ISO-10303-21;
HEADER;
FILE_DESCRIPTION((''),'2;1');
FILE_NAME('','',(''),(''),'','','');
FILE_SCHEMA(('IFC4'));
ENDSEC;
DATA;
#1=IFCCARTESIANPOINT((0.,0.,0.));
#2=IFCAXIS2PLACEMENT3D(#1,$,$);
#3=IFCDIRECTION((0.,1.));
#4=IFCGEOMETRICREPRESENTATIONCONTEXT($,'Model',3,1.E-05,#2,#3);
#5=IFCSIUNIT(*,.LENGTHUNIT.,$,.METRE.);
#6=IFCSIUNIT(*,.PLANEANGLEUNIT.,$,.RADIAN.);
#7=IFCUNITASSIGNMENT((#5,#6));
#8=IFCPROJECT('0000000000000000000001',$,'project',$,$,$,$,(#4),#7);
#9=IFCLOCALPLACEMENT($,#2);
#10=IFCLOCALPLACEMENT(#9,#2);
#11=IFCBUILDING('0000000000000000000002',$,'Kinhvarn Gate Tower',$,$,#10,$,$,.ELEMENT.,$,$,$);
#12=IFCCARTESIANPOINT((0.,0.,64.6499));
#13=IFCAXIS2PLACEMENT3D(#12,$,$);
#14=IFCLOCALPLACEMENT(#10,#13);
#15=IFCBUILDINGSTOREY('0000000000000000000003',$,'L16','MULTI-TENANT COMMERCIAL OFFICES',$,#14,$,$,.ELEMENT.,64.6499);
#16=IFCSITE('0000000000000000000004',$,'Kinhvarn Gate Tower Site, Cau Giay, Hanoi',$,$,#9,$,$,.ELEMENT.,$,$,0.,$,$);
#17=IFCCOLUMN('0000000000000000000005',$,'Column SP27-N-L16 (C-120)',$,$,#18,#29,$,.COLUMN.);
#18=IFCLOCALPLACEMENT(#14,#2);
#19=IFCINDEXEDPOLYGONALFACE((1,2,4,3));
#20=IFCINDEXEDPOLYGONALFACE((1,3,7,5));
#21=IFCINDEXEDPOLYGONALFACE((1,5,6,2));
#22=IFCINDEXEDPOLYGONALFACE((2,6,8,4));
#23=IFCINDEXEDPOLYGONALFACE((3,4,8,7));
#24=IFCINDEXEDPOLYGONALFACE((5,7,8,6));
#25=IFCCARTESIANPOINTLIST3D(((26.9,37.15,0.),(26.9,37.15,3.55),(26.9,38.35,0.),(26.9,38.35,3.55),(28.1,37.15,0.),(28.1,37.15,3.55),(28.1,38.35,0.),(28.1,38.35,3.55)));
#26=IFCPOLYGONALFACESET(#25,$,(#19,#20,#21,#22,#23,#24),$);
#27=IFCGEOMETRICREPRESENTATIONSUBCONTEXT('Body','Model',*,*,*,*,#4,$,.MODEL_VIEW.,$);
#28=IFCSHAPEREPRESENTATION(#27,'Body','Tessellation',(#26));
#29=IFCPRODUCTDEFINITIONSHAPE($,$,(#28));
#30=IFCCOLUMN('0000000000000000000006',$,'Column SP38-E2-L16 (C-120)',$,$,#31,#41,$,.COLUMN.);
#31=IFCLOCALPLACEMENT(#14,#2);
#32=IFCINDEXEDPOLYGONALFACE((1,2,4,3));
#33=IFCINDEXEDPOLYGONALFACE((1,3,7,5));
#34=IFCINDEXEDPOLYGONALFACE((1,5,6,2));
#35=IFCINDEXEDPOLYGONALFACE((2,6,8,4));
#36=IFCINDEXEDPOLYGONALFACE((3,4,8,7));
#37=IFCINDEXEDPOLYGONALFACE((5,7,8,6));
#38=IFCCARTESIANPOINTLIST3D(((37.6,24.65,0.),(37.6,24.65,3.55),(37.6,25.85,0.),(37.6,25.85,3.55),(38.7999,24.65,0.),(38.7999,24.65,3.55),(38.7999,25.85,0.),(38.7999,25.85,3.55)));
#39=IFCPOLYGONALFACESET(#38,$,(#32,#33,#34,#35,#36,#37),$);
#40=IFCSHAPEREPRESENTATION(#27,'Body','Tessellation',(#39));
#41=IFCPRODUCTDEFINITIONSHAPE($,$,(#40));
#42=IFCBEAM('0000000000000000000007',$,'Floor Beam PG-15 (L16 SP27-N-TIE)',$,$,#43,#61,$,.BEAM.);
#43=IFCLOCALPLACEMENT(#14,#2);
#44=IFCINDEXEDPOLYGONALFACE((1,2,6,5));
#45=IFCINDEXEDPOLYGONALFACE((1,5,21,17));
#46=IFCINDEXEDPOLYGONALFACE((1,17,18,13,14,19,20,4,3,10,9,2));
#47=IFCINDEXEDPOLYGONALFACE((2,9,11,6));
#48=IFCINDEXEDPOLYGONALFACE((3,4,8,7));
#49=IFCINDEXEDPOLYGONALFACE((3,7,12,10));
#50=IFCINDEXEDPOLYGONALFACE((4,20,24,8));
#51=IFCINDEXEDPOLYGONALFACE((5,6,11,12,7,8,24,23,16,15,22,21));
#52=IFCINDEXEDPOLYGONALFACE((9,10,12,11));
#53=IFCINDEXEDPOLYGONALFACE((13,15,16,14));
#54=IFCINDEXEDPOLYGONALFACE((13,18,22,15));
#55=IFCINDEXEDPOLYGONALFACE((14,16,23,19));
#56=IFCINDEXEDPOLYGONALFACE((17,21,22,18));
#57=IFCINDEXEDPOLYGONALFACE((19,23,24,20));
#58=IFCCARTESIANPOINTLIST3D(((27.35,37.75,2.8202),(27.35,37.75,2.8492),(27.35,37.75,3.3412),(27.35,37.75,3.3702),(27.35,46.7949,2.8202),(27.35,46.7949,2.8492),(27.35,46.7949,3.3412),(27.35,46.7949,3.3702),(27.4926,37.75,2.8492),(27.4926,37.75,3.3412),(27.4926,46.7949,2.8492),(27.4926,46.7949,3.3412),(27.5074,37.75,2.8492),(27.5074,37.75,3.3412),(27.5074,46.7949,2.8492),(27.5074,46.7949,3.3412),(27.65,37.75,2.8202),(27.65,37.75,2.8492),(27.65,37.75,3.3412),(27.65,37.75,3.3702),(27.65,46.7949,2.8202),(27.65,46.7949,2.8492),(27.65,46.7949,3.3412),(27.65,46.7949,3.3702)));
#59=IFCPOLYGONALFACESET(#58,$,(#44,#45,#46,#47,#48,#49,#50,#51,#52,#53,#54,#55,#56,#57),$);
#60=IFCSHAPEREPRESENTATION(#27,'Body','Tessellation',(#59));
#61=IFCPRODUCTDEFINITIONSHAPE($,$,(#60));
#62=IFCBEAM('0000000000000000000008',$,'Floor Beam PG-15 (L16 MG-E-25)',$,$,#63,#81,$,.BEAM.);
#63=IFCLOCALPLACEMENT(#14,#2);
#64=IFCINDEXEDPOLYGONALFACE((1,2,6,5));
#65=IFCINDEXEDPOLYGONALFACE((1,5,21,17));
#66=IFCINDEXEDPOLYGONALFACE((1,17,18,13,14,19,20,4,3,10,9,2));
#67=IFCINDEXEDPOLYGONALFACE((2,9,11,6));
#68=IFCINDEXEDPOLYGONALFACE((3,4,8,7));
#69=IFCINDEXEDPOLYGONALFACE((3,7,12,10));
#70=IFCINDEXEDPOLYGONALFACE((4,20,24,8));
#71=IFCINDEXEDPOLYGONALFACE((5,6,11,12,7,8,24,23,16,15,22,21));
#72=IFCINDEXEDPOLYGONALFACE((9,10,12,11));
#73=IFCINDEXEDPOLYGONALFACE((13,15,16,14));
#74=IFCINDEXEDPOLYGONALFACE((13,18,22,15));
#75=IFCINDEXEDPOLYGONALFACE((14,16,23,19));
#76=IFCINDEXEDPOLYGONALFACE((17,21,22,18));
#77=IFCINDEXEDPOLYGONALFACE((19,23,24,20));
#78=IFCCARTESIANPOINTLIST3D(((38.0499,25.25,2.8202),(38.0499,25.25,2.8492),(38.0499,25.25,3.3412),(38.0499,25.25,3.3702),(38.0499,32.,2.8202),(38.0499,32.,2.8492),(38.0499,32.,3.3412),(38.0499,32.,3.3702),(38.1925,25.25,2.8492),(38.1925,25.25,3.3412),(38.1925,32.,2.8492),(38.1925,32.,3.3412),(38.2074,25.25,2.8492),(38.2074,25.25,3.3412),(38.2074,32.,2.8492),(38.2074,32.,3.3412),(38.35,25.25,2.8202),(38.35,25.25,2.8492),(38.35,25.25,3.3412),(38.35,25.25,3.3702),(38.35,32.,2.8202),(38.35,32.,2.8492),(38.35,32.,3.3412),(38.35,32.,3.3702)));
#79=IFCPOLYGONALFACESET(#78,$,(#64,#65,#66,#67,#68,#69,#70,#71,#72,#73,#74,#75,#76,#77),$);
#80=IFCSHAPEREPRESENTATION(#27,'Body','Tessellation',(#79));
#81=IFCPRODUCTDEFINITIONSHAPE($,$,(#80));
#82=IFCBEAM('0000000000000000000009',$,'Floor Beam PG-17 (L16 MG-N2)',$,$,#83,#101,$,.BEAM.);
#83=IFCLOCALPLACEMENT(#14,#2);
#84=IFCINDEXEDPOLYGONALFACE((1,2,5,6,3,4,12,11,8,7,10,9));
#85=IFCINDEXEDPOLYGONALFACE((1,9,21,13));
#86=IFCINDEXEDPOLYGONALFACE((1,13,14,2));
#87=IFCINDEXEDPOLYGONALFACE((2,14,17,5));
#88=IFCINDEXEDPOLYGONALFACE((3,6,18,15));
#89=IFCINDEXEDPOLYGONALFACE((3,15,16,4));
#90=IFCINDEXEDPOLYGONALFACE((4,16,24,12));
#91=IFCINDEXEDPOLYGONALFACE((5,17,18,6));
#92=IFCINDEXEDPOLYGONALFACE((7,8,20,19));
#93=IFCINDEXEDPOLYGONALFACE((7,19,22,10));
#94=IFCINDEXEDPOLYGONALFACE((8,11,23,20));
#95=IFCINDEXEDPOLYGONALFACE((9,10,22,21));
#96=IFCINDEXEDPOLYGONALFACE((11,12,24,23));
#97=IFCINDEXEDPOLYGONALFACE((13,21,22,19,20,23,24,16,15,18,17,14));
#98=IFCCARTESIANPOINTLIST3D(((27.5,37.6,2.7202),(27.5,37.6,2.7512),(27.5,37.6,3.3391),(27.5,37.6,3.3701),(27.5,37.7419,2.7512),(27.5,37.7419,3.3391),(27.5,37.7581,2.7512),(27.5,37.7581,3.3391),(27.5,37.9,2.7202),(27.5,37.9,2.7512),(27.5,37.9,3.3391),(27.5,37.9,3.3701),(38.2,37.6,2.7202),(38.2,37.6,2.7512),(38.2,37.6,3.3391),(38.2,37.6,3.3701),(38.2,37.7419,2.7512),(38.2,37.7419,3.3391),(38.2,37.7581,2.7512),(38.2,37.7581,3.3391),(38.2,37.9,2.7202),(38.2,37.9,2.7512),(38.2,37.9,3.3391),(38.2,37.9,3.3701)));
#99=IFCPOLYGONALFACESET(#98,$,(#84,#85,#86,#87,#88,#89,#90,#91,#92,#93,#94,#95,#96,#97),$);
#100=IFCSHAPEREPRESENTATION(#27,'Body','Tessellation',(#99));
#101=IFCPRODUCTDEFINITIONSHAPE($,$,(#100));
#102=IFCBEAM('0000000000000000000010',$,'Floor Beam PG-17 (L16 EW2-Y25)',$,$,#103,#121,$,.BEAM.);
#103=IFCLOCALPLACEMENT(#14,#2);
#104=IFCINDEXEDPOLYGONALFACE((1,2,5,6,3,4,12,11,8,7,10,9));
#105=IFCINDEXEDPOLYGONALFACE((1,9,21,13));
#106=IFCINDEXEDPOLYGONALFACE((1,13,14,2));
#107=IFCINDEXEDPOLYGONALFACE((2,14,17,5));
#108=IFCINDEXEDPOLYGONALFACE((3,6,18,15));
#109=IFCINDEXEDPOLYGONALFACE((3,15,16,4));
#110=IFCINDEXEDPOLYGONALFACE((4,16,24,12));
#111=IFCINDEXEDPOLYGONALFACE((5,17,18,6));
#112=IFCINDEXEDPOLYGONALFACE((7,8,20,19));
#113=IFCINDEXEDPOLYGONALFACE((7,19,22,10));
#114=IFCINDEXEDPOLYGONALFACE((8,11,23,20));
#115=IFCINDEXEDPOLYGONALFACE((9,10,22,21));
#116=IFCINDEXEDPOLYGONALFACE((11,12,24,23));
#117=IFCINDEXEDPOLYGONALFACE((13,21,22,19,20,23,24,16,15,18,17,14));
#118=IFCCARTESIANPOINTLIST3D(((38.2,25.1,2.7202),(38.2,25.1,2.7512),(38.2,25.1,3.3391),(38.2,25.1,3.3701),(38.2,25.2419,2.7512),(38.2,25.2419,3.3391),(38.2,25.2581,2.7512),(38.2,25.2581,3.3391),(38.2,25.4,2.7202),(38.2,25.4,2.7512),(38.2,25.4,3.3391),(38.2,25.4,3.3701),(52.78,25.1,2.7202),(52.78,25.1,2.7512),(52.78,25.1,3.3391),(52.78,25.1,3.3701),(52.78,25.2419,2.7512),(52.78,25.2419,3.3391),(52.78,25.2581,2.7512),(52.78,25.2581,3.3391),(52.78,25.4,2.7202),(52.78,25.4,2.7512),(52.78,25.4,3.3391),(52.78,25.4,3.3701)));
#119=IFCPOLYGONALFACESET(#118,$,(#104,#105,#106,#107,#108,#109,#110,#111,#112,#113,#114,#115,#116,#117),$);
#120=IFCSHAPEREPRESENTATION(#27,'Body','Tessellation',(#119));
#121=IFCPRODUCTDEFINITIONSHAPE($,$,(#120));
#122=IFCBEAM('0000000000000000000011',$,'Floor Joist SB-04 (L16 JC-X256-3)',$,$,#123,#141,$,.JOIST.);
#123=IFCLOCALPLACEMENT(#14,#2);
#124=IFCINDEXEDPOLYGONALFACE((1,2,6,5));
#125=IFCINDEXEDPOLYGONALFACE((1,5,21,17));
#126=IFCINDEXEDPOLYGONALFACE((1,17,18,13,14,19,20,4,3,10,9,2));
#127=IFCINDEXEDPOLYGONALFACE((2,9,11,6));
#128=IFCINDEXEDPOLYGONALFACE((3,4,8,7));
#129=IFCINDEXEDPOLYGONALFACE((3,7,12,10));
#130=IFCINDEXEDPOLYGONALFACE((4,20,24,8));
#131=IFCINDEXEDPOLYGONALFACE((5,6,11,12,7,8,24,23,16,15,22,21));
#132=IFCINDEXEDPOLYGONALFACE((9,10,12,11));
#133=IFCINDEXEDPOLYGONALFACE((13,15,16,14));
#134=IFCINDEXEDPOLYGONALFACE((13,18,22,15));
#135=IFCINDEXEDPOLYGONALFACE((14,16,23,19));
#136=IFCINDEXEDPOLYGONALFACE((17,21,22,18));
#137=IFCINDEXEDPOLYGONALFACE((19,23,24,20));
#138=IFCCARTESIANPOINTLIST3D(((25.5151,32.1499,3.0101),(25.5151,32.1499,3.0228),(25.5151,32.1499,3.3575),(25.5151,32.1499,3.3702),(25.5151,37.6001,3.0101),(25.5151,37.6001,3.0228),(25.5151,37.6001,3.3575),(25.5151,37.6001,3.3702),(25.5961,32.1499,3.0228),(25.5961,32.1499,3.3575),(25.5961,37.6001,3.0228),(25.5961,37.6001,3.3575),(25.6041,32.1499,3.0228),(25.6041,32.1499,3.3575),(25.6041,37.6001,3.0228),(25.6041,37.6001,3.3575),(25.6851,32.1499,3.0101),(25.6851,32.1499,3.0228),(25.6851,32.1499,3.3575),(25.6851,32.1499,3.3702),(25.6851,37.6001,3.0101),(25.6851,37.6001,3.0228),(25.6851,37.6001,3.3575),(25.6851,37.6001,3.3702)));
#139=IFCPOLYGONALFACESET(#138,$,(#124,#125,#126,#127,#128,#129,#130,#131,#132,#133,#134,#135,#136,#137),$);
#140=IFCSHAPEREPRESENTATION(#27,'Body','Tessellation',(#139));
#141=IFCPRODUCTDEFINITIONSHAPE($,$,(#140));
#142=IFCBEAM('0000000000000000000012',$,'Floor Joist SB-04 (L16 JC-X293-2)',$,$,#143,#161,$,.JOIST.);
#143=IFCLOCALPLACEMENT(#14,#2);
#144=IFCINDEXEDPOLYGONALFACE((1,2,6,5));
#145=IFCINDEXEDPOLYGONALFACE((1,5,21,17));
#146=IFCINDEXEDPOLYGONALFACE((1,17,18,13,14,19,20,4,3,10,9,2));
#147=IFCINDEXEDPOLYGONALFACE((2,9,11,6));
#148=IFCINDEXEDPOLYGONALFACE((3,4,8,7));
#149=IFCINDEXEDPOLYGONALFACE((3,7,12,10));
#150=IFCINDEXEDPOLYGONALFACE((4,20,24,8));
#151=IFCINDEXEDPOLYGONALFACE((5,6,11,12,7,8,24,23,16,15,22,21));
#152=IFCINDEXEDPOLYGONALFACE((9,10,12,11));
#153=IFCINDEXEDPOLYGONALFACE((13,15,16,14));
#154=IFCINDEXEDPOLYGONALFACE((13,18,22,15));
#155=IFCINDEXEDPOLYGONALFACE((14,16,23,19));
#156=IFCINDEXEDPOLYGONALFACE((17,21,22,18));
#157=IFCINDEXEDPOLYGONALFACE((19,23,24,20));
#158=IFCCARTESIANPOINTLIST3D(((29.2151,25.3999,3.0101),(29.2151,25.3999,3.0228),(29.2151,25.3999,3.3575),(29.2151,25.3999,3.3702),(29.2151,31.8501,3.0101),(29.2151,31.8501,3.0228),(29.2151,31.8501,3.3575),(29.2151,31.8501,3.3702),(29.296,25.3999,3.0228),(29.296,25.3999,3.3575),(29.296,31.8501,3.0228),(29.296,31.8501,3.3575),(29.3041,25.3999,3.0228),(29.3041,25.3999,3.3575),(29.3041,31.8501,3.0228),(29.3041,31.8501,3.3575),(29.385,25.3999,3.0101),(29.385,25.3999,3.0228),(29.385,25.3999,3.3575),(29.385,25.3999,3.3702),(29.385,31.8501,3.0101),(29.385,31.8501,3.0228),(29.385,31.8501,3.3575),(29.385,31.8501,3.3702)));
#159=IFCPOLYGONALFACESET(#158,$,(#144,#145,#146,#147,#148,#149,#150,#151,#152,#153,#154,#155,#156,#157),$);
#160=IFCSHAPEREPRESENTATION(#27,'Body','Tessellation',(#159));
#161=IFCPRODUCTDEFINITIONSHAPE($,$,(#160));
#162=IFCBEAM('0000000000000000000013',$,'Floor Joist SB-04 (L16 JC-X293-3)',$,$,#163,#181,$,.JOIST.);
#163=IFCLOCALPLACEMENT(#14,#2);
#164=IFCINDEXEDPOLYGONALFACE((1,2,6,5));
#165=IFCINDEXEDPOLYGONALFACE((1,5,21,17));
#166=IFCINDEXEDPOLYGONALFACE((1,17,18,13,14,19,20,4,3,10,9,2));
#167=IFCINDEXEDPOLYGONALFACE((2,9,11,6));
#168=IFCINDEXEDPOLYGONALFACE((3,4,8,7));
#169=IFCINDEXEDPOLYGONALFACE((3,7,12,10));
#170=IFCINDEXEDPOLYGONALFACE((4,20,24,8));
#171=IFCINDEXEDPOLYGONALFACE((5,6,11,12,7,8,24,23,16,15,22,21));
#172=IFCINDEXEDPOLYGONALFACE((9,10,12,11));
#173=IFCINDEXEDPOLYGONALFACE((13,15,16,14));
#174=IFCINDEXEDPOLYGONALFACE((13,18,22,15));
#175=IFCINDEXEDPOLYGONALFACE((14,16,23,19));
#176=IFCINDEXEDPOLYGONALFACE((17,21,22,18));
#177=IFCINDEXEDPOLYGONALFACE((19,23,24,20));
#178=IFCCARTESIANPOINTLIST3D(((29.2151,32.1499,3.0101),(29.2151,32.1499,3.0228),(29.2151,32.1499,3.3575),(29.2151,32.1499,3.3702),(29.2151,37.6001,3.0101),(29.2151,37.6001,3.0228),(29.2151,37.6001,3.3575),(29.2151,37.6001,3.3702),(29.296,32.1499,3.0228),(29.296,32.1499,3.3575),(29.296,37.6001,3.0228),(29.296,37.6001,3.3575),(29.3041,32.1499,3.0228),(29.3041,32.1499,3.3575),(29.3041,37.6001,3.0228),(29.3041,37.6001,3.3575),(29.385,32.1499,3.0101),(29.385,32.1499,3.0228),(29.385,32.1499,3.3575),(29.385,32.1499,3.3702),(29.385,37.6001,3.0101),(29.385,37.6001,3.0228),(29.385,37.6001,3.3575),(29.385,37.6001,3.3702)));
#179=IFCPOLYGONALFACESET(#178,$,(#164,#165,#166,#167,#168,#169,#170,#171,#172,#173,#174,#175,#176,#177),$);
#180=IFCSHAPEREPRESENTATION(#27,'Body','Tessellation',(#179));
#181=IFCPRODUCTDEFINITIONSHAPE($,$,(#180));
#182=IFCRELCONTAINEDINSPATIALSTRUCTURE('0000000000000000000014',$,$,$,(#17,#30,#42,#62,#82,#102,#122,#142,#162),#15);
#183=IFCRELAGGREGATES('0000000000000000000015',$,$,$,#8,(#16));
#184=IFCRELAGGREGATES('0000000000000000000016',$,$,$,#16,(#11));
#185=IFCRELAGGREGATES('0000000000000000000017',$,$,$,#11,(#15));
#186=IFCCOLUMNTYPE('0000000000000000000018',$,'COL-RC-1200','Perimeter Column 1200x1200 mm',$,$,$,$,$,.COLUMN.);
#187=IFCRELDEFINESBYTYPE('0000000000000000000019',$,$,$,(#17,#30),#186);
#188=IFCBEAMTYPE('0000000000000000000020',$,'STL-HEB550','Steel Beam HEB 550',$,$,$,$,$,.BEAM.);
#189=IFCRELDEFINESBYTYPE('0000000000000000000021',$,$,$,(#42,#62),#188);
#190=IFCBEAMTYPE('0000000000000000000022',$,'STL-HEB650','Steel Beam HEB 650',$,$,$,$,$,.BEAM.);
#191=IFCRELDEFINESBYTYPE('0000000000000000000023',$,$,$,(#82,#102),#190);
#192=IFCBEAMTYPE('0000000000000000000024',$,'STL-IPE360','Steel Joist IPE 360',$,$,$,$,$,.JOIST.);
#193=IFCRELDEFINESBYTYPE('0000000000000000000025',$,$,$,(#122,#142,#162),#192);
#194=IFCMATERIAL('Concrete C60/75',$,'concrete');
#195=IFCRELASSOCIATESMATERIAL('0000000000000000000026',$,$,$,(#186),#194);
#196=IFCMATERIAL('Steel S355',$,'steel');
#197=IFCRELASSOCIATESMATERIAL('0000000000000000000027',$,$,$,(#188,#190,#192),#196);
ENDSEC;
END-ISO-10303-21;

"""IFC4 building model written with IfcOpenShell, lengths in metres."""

from ifc_helpers import new_model, si_unit, direction, frame, origin, origin_2d, place, context, subcontext, project, spatial, rectangle, i_section, extrude, material, material_profile, profile_set, type_object, element, save


model = new_model("IFC4")

# Units and contexts
model_context = context("Model", 3, precision=1e-05, world=origin(), true_north=direction((0.0, 1.0)))
body_context = subcontext(model_context, "Body", "Model", "MODEL_VIEW")
ifc_project = project(units=[si_unit("LENGTHUNIT", "METRE"), si_unit("PLANEANGLEUNIT", "RADIAN")], contexts=[model_context])

# Site, building, storey
site_placement = place(None, origin())
site = spatial("IfcSite", under=ifc_project, at=site_placement, Name="Kinhvarn Gate Tower Site, Cau Giay, Hanoi", CompositionType="ELEMENT", RefElevation=0.0)
building_placement = place(site_placement, origin())
building = spatial("IfcBuilding", under=site, at=building_placement, Name="Kinhvarn Gate Tower", CompositionType="ELEMENT")
storey_placement = place(building_placement, frame((0.0, 0.0, 64.6499)))
storey = spatial("IfcBuildingStorey", under=building, at=storey_placement, Name="L16", Description="MULTI-TENANT COMMERCIAL OFFICES", CompositionType="ELEMENT", Elevation=64.6499)

# Columns
ifc_material_1 = material(Name="Concrete C60/75", Category="concrete")
ifc_material_profile_1 = material_profile(ifc_material_1, rectangle(XDim=1.2, YDim=1.2, at=origin_2d()), Name="RC 1200x1200")
ifc_profile_set_1 = profile_set([ifc_material_profile_1], Name="Concrete C60/75")
column_type = type_object("IfcColumnType", Name="COL-RC-1200", Description="Perimeter Column 1200x1200 mm", PredefinedType="COLUMN", material=ifc_profile_set_1)
for number, where, z_axis, x_axis, name in (
    (1, (27.5, 37.75, 0.0), (0.0, 0.0, 1.0), (1.0, 0.0, 0.0), "Column SP27-N-L16 (C-120)"),
    (2, (38.2, 25.25, 0.0), (0.0, 0.0, 1.0), (1.0, 0.0, 0.0), "Column SP38-E2-L16 (C-120)"),
):
    element("IfcColumn", number, at=place(storey_placement, frame(where, z_axis=z_axis, x_axis=x_axis)), inside=storey, type_object=column_type, Name=name, PredefinedType="COLUMN", context=body_context, shape_type="SweptSolid", body=[
        extrude(rectangle(XDim=1.2, YDim=1.2, at=origin_2d()), origin(), (0.0, 0.0, 1.0), 3.55),
    ])

# Beams
ifc_material_2 = material(Name="Steel S355", Category="steel")
ifc_material_profile_2 = material_profile(ifc_material_2, i_section(OverallWidth=0.3, OverallDepth=0.55, WebThickness=0.0149, FlangeThickness=0.0291, at=origin_2d()), Name="HEB 550")
ifc_profile_set_2 = profile_set([ifc_material_profile_2], Name="Steel S355")
beam_type_1 = type_object("IfcBeamType", Name="STL-HEB550", Description="Steel Beam HEB 550", PredefinedType="BEAM", material=ifc_profile_set_2)
beam_1_placement = place(storey_placement, frame((27.5, 37.75, 3.0952), z_axis=(0.0, 1.0, 0.0), x_axis=(-1.0, 0.0, 0.0)))
element("IfcBeam", 3, at=beam_1_placement, inside=storey, type_object=beam_type_1, Name="Floor Beam PG-15 (L16 SP27-N-TIE)", PredefinedType="BEAM", context=body_context, shape_type="SweptSolid", body=[
    extrude(i_section(OverallWidth=0.3, OverallDepth=0.55, WebThickness=0.0149, FlangeThickness=0.0291, at=origin_2d()), origin(), (0.0, 0.0, 1.0), 9.0449),
])
beam_2_placement = place(storey_placement, frame((38.2, 25.25, 3.0952), z_axis=(0.0, 1.0, 0.0), x_axis=(-1.0, 0.0, 0.0)))
element("IfcBeam", 4, at=beam_2_placement, inside=storey, type_object=beam_type_1, Name="Floor Beam PG-15 (L16 MG-E-25)", PredefinedType="BEAM", context=body_context, shape_type="SweptSolid", body=[
    extrude(i_section(OverallWidth=0.3, OverallDepth=0.55, WebThickness=0.0149, FlangeThickness=0.0291, at=origin_2d()), origin(), (0.0, 0.0, 1.0), 6.75),
])
ifc_material_profile_3 = material_profile(ifc_material_2, i_section(OverallWidth=0.3, OverallDepth=0.6499, WebThickness=0.0161, FlangeThickness=0.031, at=origin_2d()), Name="HEB 650")
ifc_profile_set_3 = profile_set([ifc_material_profile_3], Name="Steel S355")
beam_type_2 = type_object("IfcBeamType", Name="STL-HEB650", Description="Steel Beam HEB 650", PredefinedType="BEAM", material=ifc_profile_set_3)
beam_3_placement = place(storey_placement, frame((27.5, 37.75, 3.0452), z_axis=(1.0, 0.0, 0.0), x_axis=(0.0, 1.0, 0.0)))
element("IfcBeam", 5, at=beam_3_placement, inside=storey, type_object=beam_type_2, Name="Floor Beam PG-17 (L16 MG-N2)", PredefinedType="BEAM", context=body_context, shape_type="SweptSolid", body=[
    extrude(i_section(OverallWidth=0.3, OverallDepth=0.6499, WebThickness=0.0161, FlangeThickness=0.031, at=origin_2d()), origin(), (0.0, 0.0, 1.0), 10.7),
])
beam_4_placement = place(storey_placement, frame((38.2, 25.25, 3.0452), z_axis=(1.0, 0.0, 0.0), x_axis=(0.0, 1.0, 0.0)))
element("IfcBeam", 6, at=beam_4_placement, inside=storey, type_object=beam_type_2, Name="Floor Beam PG-17 (L16 EW2-Y25)", PredefinedType="BEAM", context=body_context, shape_type="SweptSolid", body=[
    extrude(i_section(OverallWidth=0.3, OverallDepth=0.6499, WebThickness=0.0161, FlangeThickness=0.031, at=origin_2d()), origin(), (0.0, 0.0, 1.0), 14.5801),
])
ifc_material_profile_4 = material_profile(ifc_material_2, i_section(OverallWidth=0.1699, OverallDepth=0.3601, WebThickness=0.0081, FlangeThickness=0.0127, at=origin_2d()), Name="IPE 360")
ifc_profile_set_4 = profile_set([ifc_material_profile_4], Name="Steel S355")
beam_type_3 = type_object("IfcBeamType", Name="STL-IPE360", Description="Steel Joist IPE 360", PredefinedType="JOIST", material=ifc_profile_set_4)
beam_5_placement = place(storey_placement, frame((25.6001, 32.1499, 3.1902), z_axis=(0.0, 1.0, 0.0), x_axis=(-1.0, 0.0, 0.0)))
element("IfcBeam", 7, at=beam_5_placement, inside=storey, type_object=beam_type_3, Name="Floor Joist SB-04 (L16 JC-X256-3)", PredefinedType="JOIST", context=body_context, shape_type="SweptSolid", body=[
    extrude(i_section(OverallWidth=0.1699, OverallDepth=0.3601, WebThickness=0.0081, FlangeThickness=0.0127, at=origin_2d()), origin(), (0.0, 0.0, 1.0), 5.4502),
])
beam_6_placement = place(storey_placement, frame((29.3, 25.3999, 3.1902), z_axis=(0.0, 1.0, 0.0), x_axis=(-1.0, 0.0, 0.0)))
element("IfcBeam", 8, at=beam_6_placement, inside=storey, type_object=beam_type_3, Name="Floor Joist SB-04 (L16 JC-X293-2)", PredefinedType="JOIST", context=body_context, shape_type="SweptSolid", body=[
    extrude(i_section(OverallWidth=0.1699, OverallDepth=0.3601, WebThickness=0.0081, FlangeThickness=0.0127, at=origin_2d()), origin(), (0.0, 0.0, 1.0), 6.4502),
])
beam_7_placement = place(storey_placement, frame((29.3, 32.1499, 3.1902), z_axis=(0.0, 1.0, 0.0), x_axis=(-1.0, 0.0, 0.0)))
element("IfcBeam", 9, at=beam_7_placement, inside=storey, type_object=beam_type_3, Name="Floor Joist SB-04 (L16 JC-X293-3)", PredefinedType="JOIST", context=body_context, shape_type="SweptSolid", body=[
    extrude(i_section(OverallWidth=0.1699, OverallDepth=0.3601, WebThickness=0.0081, FlangeThickness=0.0127, at=origin_2d()), origin(), (0.0, 0.0, 1.0), 5.4502),
])

save(model, "model.ifc")
